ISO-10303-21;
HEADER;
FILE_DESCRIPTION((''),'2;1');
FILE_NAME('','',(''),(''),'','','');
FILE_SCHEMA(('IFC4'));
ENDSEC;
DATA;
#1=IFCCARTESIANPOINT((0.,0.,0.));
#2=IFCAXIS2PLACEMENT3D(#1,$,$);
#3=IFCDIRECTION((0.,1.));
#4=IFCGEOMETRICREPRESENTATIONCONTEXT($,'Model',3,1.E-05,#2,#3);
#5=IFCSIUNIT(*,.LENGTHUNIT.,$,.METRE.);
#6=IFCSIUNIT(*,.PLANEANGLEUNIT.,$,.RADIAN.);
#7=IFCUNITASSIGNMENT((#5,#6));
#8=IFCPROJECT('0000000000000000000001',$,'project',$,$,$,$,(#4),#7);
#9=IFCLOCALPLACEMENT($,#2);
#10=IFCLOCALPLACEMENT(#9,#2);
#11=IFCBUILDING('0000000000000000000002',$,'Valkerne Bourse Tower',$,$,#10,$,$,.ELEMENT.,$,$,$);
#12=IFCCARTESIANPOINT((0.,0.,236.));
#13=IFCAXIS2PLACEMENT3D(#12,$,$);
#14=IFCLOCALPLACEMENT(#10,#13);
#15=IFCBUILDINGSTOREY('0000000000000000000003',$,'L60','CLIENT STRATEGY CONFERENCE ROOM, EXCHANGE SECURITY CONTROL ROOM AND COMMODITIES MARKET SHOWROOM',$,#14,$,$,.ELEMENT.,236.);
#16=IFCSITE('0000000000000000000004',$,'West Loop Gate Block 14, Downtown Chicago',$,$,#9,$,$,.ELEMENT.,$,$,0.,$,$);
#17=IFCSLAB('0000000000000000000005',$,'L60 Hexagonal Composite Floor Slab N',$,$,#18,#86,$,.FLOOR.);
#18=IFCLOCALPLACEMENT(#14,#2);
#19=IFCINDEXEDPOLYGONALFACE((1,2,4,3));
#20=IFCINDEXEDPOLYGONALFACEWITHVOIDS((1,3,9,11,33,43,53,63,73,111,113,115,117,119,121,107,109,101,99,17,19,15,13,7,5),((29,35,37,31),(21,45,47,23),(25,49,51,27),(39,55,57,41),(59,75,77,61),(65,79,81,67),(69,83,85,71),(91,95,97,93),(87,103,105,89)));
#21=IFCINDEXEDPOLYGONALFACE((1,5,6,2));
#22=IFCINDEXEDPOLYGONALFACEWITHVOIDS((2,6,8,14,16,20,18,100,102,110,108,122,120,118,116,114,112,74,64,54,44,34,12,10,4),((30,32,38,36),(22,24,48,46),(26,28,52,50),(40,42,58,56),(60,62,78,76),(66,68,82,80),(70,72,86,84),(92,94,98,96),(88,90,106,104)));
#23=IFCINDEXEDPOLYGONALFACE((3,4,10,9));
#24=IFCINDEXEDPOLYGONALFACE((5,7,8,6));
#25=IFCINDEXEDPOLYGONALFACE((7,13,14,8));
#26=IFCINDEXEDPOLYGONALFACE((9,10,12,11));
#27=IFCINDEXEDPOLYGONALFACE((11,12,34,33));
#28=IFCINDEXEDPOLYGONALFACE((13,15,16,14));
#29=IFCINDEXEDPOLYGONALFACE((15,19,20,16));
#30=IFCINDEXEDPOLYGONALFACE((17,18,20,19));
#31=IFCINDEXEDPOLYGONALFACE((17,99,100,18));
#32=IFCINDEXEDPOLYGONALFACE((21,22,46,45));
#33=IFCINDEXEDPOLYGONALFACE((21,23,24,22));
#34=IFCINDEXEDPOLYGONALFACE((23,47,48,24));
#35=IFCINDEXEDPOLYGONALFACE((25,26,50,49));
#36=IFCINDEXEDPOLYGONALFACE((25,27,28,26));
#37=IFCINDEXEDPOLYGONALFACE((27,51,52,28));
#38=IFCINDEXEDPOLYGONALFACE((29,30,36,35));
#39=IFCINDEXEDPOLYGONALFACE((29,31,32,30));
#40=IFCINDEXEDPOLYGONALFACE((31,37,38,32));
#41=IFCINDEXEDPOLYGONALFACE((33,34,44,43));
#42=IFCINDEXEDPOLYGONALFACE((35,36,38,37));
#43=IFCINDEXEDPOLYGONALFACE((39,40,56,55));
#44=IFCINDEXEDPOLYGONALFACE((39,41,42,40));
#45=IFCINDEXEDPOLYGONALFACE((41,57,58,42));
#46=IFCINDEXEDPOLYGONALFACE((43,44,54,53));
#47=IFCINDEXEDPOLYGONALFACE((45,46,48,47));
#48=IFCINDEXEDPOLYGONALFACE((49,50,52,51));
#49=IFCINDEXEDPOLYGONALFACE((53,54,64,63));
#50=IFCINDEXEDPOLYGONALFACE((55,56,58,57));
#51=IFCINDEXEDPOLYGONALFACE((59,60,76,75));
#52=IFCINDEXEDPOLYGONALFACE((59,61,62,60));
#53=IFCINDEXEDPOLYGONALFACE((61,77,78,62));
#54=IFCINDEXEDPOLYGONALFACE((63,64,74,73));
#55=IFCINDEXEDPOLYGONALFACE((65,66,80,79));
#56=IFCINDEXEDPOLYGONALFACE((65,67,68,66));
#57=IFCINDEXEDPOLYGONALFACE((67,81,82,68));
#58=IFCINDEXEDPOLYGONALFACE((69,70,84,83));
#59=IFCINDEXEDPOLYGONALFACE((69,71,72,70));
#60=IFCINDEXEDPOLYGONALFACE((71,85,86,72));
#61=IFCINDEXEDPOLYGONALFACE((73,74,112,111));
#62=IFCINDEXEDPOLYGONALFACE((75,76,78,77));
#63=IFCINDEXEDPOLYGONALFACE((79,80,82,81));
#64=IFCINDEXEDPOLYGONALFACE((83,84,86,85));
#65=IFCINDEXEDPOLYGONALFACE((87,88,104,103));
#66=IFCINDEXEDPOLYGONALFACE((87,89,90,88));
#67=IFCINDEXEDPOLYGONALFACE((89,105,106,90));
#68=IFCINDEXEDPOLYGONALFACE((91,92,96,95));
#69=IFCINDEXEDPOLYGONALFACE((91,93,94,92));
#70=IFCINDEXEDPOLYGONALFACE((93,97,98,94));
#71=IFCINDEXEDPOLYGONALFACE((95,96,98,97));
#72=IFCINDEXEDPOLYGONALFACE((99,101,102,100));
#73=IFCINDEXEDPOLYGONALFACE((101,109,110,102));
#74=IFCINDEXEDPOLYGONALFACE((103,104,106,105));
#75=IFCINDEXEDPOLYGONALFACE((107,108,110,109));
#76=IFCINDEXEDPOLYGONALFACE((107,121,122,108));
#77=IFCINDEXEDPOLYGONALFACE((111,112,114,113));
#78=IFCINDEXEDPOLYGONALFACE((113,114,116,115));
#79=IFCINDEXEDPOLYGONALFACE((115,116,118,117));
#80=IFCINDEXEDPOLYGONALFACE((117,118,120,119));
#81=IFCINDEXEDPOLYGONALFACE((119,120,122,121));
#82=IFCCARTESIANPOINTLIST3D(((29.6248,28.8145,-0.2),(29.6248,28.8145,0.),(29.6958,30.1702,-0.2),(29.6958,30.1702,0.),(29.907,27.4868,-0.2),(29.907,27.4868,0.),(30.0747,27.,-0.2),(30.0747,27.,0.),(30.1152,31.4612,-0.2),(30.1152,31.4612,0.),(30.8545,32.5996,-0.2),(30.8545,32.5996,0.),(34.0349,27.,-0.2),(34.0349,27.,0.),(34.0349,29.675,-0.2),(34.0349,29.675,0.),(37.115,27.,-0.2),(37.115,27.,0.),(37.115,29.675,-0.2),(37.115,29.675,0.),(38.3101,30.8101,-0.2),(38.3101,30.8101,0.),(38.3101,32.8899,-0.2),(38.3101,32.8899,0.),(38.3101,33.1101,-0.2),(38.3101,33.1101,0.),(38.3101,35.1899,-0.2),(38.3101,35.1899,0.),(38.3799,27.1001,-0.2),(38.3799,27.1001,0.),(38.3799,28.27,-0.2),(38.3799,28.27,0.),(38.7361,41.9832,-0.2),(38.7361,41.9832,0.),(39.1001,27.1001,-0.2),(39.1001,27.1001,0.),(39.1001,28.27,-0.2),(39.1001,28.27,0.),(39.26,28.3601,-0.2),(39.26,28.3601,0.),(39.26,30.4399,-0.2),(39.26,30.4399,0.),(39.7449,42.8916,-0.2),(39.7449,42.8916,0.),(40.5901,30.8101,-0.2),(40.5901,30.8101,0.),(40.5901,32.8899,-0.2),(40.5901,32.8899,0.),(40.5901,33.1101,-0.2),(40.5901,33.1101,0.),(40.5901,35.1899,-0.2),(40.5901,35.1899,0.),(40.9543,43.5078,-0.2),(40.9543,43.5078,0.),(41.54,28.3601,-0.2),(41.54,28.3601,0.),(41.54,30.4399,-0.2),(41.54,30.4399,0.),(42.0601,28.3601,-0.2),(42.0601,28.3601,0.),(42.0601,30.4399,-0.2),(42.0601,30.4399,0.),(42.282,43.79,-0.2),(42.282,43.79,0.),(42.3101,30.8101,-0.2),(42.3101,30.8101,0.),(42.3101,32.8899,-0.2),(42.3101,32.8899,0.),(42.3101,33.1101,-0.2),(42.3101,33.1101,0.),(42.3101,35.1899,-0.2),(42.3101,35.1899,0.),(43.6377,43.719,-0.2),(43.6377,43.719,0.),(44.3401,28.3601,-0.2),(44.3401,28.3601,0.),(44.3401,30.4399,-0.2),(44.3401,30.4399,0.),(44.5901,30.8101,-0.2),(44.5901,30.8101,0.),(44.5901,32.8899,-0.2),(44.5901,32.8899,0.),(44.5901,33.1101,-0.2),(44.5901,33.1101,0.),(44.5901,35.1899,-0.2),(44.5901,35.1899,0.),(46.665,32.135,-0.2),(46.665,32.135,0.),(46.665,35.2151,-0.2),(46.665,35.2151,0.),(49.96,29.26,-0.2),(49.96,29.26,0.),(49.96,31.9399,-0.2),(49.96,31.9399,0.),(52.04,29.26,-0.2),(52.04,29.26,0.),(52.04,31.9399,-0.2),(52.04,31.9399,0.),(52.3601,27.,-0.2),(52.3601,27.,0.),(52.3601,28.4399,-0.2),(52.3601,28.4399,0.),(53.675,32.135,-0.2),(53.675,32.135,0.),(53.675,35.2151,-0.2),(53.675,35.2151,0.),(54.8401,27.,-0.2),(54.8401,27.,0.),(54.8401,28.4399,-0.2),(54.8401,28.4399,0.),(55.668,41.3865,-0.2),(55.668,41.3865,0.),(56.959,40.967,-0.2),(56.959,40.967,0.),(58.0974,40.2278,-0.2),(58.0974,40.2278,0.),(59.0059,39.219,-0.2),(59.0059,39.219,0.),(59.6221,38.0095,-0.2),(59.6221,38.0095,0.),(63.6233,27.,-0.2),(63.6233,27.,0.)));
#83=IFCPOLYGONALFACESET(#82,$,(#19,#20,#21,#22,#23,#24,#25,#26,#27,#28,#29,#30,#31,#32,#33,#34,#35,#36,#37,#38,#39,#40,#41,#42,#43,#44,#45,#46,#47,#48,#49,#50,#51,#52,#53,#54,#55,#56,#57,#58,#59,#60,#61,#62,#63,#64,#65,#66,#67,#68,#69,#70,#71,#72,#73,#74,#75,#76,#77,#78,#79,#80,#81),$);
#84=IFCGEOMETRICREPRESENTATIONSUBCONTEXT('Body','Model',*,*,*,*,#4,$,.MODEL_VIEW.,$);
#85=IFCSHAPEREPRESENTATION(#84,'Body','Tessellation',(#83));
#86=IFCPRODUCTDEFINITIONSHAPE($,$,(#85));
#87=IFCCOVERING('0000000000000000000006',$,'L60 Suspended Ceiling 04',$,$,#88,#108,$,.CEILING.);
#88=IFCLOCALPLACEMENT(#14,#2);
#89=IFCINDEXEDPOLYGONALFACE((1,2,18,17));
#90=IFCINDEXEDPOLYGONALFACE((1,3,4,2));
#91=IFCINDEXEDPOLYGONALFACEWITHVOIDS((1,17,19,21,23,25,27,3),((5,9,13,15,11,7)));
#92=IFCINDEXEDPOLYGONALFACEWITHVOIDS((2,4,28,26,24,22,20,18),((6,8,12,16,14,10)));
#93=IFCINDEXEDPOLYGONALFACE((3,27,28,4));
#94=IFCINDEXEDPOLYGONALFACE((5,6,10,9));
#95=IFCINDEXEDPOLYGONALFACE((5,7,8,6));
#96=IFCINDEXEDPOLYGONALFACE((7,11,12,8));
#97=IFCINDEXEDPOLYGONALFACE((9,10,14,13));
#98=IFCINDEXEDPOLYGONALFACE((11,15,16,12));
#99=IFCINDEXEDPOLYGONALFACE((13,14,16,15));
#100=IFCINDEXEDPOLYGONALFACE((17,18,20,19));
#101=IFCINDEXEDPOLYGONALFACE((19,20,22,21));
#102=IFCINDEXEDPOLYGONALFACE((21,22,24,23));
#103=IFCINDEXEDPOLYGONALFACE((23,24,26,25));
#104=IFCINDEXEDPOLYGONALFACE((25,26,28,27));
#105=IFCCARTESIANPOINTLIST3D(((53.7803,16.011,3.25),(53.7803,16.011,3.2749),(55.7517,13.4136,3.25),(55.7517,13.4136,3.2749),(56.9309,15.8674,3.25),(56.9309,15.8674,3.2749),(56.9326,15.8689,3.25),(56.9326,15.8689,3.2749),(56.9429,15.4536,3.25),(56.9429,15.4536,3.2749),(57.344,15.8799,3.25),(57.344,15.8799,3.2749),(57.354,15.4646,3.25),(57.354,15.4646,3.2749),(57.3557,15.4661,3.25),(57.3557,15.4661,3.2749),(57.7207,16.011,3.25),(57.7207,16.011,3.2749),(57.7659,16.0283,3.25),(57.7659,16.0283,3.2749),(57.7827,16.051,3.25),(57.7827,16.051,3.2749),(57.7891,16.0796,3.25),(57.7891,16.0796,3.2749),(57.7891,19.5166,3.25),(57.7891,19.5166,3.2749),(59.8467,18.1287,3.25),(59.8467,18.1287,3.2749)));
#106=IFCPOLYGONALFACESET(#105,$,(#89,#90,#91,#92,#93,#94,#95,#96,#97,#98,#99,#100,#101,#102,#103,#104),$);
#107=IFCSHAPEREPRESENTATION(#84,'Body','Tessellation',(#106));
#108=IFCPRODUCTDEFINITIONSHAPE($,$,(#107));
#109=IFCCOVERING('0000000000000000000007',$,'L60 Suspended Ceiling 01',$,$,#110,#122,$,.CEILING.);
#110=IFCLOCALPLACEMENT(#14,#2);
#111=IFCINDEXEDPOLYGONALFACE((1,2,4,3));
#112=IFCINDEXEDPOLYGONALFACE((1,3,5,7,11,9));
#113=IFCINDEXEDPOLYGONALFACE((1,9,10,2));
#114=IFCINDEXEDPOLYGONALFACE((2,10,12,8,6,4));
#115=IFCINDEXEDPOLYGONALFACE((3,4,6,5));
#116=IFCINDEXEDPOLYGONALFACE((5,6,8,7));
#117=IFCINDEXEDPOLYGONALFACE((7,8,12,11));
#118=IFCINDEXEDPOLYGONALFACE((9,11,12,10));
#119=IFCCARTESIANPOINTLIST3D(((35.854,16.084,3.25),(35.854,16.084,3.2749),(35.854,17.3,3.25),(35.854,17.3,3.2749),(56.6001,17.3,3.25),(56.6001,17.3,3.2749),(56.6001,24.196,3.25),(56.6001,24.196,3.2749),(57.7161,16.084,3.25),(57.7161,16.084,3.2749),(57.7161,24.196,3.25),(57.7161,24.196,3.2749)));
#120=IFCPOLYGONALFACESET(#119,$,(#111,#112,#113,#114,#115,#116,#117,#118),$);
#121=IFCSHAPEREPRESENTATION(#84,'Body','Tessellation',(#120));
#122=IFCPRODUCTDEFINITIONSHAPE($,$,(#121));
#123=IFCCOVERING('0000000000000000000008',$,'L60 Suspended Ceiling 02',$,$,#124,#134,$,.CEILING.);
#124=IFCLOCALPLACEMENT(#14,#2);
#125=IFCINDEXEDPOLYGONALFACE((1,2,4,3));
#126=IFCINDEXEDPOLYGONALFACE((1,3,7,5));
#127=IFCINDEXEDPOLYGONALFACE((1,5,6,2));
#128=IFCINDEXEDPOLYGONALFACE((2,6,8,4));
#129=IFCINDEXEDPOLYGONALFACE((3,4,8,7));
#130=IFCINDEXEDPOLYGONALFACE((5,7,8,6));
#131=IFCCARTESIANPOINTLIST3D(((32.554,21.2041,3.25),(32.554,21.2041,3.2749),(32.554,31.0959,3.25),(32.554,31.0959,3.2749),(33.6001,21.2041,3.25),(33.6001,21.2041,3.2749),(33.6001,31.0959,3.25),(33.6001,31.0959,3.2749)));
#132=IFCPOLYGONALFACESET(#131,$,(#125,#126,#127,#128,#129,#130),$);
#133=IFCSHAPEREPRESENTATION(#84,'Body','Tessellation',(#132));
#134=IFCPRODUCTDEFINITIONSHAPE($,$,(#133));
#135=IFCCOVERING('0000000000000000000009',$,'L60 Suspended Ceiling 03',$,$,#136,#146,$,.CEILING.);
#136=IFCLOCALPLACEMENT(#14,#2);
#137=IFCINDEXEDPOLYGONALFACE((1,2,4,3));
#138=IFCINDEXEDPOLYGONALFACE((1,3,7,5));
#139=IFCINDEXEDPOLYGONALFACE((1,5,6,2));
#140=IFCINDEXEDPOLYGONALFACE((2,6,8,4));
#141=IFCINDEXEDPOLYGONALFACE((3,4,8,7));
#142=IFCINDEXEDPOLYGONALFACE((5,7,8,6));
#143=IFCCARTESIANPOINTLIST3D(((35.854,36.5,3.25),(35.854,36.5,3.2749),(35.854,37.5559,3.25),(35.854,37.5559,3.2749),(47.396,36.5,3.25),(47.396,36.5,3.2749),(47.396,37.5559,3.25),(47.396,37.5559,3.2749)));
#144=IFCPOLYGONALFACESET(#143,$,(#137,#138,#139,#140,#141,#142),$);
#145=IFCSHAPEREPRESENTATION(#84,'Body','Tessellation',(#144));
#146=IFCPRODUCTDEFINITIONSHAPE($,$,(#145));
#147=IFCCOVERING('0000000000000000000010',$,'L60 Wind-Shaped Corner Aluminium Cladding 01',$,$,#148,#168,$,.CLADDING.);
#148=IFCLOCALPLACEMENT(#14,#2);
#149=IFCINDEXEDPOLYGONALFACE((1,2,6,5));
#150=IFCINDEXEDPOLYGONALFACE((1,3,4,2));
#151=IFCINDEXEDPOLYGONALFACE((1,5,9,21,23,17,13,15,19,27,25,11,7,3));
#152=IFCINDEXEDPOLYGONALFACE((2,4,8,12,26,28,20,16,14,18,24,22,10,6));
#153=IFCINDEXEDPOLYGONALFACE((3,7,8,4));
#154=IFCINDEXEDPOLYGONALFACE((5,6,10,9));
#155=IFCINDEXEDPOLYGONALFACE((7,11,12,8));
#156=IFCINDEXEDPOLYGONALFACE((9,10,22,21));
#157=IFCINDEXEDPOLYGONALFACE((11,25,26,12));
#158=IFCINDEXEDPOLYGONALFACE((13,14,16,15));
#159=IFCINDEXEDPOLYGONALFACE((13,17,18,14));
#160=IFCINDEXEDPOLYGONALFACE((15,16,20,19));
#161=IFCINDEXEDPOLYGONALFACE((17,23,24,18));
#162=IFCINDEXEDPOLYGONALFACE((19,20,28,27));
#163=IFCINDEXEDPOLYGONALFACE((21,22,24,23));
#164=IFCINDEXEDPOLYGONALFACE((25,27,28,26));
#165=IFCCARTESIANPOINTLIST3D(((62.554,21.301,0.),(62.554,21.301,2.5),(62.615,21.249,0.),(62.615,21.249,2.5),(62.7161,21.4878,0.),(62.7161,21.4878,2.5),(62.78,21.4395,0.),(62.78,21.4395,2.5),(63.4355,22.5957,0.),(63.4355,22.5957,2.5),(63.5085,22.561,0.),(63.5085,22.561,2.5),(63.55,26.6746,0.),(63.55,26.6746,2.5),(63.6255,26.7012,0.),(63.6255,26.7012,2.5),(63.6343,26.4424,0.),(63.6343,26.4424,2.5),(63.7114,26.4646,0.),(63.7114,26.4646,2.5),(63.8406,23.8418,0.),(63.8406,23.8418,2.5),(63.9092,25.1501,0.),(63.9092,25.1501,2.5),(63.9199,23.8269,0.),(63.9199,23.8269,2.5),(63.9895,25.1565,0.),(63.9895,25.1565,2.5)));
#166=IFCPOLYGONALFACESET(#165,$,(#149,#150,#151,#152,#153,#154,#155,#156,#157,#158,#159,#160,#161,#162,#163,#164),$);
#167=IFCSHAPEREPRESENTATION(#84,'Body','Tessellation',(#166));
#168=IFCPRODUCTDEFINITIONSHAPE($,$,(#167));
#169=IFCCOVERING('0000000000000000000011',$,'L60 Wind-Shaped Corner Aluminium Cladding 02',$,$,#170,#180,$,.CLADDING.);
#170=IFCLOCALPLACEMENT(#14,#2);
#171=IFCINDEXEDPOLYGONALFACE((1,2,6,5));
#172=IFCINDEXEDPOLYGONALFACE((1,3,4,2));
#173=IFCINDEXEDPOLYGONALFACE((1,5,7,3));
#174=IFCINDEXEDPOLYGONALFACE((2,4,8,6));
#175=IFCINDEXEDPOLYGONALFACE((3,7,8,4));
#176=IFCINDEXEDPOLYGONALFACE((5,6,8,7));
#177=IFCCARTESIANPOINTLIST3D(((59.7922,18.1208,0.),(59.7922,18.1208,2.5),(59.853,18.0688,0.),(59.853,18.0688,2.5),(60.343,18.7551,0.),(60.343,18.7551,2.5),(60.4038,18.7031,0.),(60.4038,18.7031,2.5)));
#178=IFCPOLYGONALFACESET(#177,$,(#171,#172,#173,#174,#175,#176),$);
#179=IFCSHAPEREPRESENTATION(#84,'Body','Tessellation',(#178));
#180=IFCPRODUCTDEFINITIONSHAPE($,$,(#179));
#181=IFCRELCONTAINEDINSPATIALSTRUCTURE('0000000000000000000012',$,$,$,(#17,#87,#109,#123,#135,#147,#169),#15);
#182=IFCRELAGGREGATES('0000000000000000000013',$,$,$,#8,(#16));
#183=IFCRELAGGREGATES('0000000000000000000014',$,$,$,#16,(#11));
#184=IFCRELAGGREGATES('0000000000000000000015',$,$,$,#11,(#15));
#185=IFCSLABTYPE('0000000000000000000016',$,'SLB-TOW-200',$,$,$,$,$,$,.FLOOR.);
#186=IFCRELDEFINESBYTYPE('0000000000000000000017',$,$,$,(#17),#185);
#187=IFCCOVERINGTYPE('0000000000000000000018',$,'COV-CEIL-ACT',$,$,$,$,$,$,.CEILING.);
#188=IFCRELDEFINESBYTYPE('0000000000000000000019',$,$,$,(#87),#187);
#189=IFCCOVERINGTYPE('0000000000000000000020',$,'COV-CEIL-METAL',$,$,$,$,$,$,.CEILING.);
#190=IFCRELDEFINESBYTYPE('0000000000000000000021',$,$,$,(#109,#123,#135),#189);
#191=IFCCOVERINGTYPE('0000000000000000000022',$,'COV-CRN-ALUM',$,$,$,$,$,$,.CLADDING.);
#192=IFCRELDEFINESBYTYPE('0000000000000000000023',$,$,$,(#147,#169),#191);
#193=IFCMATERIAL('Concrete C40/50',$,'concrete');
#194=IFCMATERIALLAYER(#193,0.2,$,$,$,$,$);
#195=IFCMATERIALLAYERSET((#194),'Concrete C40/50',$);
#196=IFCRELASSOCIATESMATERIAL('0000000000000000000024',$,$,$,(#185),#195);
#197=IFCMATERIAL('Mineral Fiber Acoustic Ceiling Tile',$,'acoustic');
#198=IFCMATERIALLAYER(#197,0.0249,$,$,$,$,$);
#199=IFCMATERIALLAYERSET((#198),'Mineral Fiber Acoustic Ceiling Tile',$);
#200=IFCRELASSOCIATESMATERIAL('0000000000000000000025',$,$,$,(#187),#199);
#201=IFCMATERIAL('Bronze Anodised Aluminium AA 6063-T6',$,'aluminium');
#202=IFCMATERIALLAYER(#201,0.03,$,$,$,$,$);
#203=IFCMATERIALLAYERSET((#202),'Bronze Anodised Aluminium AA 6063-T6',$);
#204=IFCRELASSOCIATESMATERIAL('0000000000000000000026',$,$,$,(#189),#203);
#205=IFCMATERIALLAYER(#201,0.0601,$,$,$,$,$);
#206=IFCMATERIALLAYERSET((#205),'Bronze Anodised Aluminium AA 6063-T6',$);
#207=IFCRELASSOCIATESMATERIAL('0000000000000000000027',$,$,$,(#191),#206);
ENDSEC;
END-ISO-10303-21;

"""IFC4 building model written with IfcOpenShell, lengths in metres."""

from ifc_helpers import new_model, si_unit, direction, frame, origin, place, context, subcontext, project, spatial, polyline, outline, extrude, material, layer, layer_set, type_object, element, save


model = new_model("IFC4")

# Units and contexts
model_context = context("Model", 3, precision=1e-05, world=origin(), true_north=direction((0.0, 1.0)))
body_context = subcontext(model_context, "Body", "Model", "MODEL_VIEW")
ifc_project = project(units=[si_unit("LENGTHUNIT", "METRE"), si_unit("PLANEANGLEUNIT", "RADIAN")], contexts=[model_context])

# Site, building, storey
site_placement = place(None, origin())
site = spatial("IfcSite", under=ifc_project, at=site_placement, Name="West Loop Gate Block 14, Downtown Chicago", CompositionType="ELEMENT", RefElevation=0.0)
building_placement = place(site_placement, origin())
building = spatial("IfcBuilding", under=site, at=building_placement, Name="Valkerne Bourse Tower", CompositionType="ELEMENT")
storey_placement = place(building_placement, frame((0.0, 0.0, 236.0)))
storey = spatial("IfcBuildingStorey", under=building, at=storey_placement, Name="L60", Description="CLIENT STRATEGY CONFERENCE ROOM, EXCHANGE SECURITY CONTROL ROOM AND COMMODITIES MARKET SHOWROOM", CompositionType="ELEMENT", Elevation=236.0)

# Shared definitions
ifc_material_1 = material(Name="Concrete C40/50", Category="concrete")

# Slab
ifc_layer_1 = layer(ifc_material_1, 0.2)
ifc_layer_set_1 = layer_set([ifc_layer_1], Name="Concrete C40/50")
slab_type_1 = type_object("IfcSlabType", Name="SLB-TOW-200", PredefinedType="FLOOR", material=ifc_layer_set_1)
slab_1_placement = place(storey_placement, frame((0.0, 0.0, -0.2)))
element("IfcSlab", 1, at=slab_1_placement, inside=storey, type_object=slab_type_1, Name="L60 Hexagonal Composite Floor Slab N", PredefinedType="FLOOR", context=body_context, shape_type="SweptSolid", body=[
    extrude(outline(polyline([(29.907, 27.4868), (29.6248, 28.8145), (29.6958, 30.1702), (30.1152, 31.4612), (30.8545, 32.5996), (38.7361, 41.9832), (39.7449, 42.8916), (40.9543, 43.5078), (42.282, 43.79), (43.6377, 43.719), (55.668, 41.3865), (56.959, 40.967), (58.0974, 40.2278), (59.0059, 39.219), (59.6221, 38.0095), (63.6233, 27.0), (54.8401, 27.0), (54.8401, 28.4399), (52.3601, 28.4399), (52.3601, 27.0), (37.115, 27.0), (37.115, 29.675), (34.0349, 29.675), (34.0349, 27.0), (30.0747, 27.0), (29.907, 27.4868)]), holes=[polyline([(39.1001, 28.27), (38.3799, 28.27), (38.3799, 27.1001), (39.1001, 27.1001), (39.1001, 28.27)]), polyline([(41.54, 30.4399), (39.26, 30.4399), (39.26, 28.3601), (41.54, 28.3601), (41.54, 30.4399)]), polyline([(40.5901, 32.8899), (38.3101, 32.8899), (38.3101, 30.8101), (40.5901, 30.8101), (40.5901, 32.8899)]), polyline([(40.5901, 35.1899), (38.3101, 35.1899), (38.3101, 33.1101), (40.5901, 33.1101), (40.5901, 35.1899)]), polyline([(44.3401, 30.4399), (42.0601, 30.4399), (42.0601, 28.3601), (44.3401, 28.3601), (44.3401, 30.4399)]), polyline([(52.04, 31.9399), (49.96, 31.9399), (49.96, 29.26), (52.04, 29.26), (52.04, 31.9399)]), polyline([(44.5901, 32.8899), (42.3101, 32.8899), (42.3101, 30.8101), (44.5901, 30.8101), (44.5901, 32.8899)]), polyline([(53.675, 35.2151), (46.665, 35.2151), (46.665, 32.135), (53.675, 32.135), (53.675, 35.2151)]), polyline([(44.5901, 35.1899), (42.3101, 35.1899), (42.3101, 33.1101), (44.5901, 33.1101), (44.5901, 35.1899)])]), origin(), (0.0, 0.0, 1.0), 0.2),
])

# Coverings
ifc_material_2 = material(Name="Mineral Fiber Acoustic Ceiling Tile", Category="acoustic")
ifc_layer_2 = layer(ifc_material_2, 0.0249)
ifc_layer_set_2 = layer_set([ifc_layer_2], Name="Mineral Fiber Acoustic Ceiling Tile")
covering_type_1 = type_object("IfcCoveringType", Name="COV-CEIL-ACT", PredefinedType="CEILING", material=ifc_layer_set_2)
covering_1_placement = place(storey_placement, frame((0.0, 0.0, 3.25)))
element("IfcCovering", 2, at=covering_1_placement, inside=storey, type_object=covering_type_1, Name="L60 Suspended Ceiling 04", PredefinedType="CEILING", context=body_context, shape_type="SweptSolid", body=[
    extrude(outline(polyline([(57.7207, 16.011), (57.7659, 16.0283), (57.7827, 16.051), (57.7891, 16.0796), (57.7891, 19.5166), (59.8467, 18.1287), (55.7517, 13.4136), (53.7803, 16.011), (57.7207, 16.011)]), holes=[polyline([(57.3557, 15.4661), (57.344, 15.8799), (56.9326, 15.8689), (56.9309, 15.8674), (56.9429, 15.4536), (57.354, 15.4646), (57.3557, 15.4661)])]), origin(), (0.0, 0.0, 1.0), 0.0249),
])
ifc_material_3 = material(Name="Bronze Anodised Aluminium AA 6063-T6", Category="aluminium")
ifc_layer_3 = layer(ifc_material_3, 0.03)
ifc_layer_set_3 = layer_set([ifc_layer_3], Name="Bronze Anodised Aluminium AA 6063-T6")
covering_type_2 = type_object("IfcCoveringType", Name="COV-CEIL-METAL", PredefinedType="CEILING", material=ifc_layer_set_3)
covering_2_placement = place(storey_placement, frame((0.0, 0.0, 3.25)))
element("IfcCovering", 3, at=covering_2_placement, inside=storey, type_object=covering_type_2, Name="L60 Suspended Ceiling 01", PredefinedType="CEILING", context=body_context, shape_type="SweptSolid", body=[
    extrude(outline(polyline([(35.854, 17.3), (56.6001, 17.3), (56.6001, 24.196), (57.7161, 24.196), (57.7161, 16.084), (35.854, 16.084), (35.854, 17.3)])), origin(), (0.0, 0.0, 1.0), 0.0249),
])
covering_3_placement = place(storey_placement, frame((0.0, 0.0, 3.25)))
element("IfcCovering", 4, at=covering_3_placement, inside=storey, type_object=covering_type_2, Name="L60 Suspended Ceiling 02", PredefinedType="CEILING", context=body_context, shape_type="SweptSolid", body=[
    extrude(outline(polyline([(32.554, 21.2041), (32.554, 31.0959), (33.6001, 31.0959), (33.6001, 21.2041), (32.554, 21.2041)])), origin(), (0.0, 0.0, 1.0), 0.0249),
])
covering_4_placement = place(storey_placement, frame((0.0, 0.0, 3.25)))
element("IfcCovering", 5, at=covering_4_placement, inside=storey, type_object=covering_type_2, Name="L60 Suspended Ceiling 03", PredefinedType="CEILING", context=body_context, shape_type="SweptSolid", body=[
    extrude(outline(polyline([(35.854, 37.5559), (47.396, 37.5559), (47.396, 36.5), (35.854, 36.5), (35.854, 37.5559)])), origin(), (0.0, 0.0, 1.0), 0.0249),
])
ifc_layer_4 = layer(ifc_material_3, 0.0601)
ifc_layer_set_4 = layer_set([ifc_layer_4], Name="Bronze Anodised Aluminium AA 6063-T6")
covering_type_3 = type_object("IfcCoveringType", Name="COV-CRN-ALUM", PredefinedType="CLADDING", material=ifc_layer_set_4)
covering_5_placement = place(storey_placement, origin())
element("IfcCovering", 6, at=covering_5_placement, inside=storey, type_object=covering_type_3, Name="L60 Wind-Shaped Corner Aluminium Cladding 01", PredefinedType="CLADDING", context=body_context, shape_type="SweptSolid", body=[
    extrude(outline(polyline([(63.9895, 25.1565), (63.9199, 23.8269), (63.5085, 22.561), (62.78, 21.4395), (62.615, 21.249), (62.554, 21.301), (62.7161, 21.4878), (63.4355, 22.5957), (63.8406, 23.8418), (63.9092, 25.1501), (63.6343, 26.4424), (63.55, 26.6746), (63.6255, 26.7012), (63.7114, 26.4646), (63.9895, 25.1565)])), origin(), (0.0, 0.0, 1.0), 2.5),
])
covering_6_placement = place(storey_placement, origin())
element("IfcCovering", 7, at=covering_6_placement, inside=storey, type_object=covering_type_3, Name="L60 Wind-Shaped Corner Aluminium Cladding 02", PredefinedType="CLADDING", context=body_context, shape_type="SweptSolid", body=[
    extrude(outline(polyline([(59.853, 18.0688), (59.7922, 18.1208), (60.343, 18.7551), (60.4038, 18.7031), (59.853, 18.0688)])), origin(), (0.0, 0.0, 1.0), 2.5),
])

save(model, "model.ifc")
